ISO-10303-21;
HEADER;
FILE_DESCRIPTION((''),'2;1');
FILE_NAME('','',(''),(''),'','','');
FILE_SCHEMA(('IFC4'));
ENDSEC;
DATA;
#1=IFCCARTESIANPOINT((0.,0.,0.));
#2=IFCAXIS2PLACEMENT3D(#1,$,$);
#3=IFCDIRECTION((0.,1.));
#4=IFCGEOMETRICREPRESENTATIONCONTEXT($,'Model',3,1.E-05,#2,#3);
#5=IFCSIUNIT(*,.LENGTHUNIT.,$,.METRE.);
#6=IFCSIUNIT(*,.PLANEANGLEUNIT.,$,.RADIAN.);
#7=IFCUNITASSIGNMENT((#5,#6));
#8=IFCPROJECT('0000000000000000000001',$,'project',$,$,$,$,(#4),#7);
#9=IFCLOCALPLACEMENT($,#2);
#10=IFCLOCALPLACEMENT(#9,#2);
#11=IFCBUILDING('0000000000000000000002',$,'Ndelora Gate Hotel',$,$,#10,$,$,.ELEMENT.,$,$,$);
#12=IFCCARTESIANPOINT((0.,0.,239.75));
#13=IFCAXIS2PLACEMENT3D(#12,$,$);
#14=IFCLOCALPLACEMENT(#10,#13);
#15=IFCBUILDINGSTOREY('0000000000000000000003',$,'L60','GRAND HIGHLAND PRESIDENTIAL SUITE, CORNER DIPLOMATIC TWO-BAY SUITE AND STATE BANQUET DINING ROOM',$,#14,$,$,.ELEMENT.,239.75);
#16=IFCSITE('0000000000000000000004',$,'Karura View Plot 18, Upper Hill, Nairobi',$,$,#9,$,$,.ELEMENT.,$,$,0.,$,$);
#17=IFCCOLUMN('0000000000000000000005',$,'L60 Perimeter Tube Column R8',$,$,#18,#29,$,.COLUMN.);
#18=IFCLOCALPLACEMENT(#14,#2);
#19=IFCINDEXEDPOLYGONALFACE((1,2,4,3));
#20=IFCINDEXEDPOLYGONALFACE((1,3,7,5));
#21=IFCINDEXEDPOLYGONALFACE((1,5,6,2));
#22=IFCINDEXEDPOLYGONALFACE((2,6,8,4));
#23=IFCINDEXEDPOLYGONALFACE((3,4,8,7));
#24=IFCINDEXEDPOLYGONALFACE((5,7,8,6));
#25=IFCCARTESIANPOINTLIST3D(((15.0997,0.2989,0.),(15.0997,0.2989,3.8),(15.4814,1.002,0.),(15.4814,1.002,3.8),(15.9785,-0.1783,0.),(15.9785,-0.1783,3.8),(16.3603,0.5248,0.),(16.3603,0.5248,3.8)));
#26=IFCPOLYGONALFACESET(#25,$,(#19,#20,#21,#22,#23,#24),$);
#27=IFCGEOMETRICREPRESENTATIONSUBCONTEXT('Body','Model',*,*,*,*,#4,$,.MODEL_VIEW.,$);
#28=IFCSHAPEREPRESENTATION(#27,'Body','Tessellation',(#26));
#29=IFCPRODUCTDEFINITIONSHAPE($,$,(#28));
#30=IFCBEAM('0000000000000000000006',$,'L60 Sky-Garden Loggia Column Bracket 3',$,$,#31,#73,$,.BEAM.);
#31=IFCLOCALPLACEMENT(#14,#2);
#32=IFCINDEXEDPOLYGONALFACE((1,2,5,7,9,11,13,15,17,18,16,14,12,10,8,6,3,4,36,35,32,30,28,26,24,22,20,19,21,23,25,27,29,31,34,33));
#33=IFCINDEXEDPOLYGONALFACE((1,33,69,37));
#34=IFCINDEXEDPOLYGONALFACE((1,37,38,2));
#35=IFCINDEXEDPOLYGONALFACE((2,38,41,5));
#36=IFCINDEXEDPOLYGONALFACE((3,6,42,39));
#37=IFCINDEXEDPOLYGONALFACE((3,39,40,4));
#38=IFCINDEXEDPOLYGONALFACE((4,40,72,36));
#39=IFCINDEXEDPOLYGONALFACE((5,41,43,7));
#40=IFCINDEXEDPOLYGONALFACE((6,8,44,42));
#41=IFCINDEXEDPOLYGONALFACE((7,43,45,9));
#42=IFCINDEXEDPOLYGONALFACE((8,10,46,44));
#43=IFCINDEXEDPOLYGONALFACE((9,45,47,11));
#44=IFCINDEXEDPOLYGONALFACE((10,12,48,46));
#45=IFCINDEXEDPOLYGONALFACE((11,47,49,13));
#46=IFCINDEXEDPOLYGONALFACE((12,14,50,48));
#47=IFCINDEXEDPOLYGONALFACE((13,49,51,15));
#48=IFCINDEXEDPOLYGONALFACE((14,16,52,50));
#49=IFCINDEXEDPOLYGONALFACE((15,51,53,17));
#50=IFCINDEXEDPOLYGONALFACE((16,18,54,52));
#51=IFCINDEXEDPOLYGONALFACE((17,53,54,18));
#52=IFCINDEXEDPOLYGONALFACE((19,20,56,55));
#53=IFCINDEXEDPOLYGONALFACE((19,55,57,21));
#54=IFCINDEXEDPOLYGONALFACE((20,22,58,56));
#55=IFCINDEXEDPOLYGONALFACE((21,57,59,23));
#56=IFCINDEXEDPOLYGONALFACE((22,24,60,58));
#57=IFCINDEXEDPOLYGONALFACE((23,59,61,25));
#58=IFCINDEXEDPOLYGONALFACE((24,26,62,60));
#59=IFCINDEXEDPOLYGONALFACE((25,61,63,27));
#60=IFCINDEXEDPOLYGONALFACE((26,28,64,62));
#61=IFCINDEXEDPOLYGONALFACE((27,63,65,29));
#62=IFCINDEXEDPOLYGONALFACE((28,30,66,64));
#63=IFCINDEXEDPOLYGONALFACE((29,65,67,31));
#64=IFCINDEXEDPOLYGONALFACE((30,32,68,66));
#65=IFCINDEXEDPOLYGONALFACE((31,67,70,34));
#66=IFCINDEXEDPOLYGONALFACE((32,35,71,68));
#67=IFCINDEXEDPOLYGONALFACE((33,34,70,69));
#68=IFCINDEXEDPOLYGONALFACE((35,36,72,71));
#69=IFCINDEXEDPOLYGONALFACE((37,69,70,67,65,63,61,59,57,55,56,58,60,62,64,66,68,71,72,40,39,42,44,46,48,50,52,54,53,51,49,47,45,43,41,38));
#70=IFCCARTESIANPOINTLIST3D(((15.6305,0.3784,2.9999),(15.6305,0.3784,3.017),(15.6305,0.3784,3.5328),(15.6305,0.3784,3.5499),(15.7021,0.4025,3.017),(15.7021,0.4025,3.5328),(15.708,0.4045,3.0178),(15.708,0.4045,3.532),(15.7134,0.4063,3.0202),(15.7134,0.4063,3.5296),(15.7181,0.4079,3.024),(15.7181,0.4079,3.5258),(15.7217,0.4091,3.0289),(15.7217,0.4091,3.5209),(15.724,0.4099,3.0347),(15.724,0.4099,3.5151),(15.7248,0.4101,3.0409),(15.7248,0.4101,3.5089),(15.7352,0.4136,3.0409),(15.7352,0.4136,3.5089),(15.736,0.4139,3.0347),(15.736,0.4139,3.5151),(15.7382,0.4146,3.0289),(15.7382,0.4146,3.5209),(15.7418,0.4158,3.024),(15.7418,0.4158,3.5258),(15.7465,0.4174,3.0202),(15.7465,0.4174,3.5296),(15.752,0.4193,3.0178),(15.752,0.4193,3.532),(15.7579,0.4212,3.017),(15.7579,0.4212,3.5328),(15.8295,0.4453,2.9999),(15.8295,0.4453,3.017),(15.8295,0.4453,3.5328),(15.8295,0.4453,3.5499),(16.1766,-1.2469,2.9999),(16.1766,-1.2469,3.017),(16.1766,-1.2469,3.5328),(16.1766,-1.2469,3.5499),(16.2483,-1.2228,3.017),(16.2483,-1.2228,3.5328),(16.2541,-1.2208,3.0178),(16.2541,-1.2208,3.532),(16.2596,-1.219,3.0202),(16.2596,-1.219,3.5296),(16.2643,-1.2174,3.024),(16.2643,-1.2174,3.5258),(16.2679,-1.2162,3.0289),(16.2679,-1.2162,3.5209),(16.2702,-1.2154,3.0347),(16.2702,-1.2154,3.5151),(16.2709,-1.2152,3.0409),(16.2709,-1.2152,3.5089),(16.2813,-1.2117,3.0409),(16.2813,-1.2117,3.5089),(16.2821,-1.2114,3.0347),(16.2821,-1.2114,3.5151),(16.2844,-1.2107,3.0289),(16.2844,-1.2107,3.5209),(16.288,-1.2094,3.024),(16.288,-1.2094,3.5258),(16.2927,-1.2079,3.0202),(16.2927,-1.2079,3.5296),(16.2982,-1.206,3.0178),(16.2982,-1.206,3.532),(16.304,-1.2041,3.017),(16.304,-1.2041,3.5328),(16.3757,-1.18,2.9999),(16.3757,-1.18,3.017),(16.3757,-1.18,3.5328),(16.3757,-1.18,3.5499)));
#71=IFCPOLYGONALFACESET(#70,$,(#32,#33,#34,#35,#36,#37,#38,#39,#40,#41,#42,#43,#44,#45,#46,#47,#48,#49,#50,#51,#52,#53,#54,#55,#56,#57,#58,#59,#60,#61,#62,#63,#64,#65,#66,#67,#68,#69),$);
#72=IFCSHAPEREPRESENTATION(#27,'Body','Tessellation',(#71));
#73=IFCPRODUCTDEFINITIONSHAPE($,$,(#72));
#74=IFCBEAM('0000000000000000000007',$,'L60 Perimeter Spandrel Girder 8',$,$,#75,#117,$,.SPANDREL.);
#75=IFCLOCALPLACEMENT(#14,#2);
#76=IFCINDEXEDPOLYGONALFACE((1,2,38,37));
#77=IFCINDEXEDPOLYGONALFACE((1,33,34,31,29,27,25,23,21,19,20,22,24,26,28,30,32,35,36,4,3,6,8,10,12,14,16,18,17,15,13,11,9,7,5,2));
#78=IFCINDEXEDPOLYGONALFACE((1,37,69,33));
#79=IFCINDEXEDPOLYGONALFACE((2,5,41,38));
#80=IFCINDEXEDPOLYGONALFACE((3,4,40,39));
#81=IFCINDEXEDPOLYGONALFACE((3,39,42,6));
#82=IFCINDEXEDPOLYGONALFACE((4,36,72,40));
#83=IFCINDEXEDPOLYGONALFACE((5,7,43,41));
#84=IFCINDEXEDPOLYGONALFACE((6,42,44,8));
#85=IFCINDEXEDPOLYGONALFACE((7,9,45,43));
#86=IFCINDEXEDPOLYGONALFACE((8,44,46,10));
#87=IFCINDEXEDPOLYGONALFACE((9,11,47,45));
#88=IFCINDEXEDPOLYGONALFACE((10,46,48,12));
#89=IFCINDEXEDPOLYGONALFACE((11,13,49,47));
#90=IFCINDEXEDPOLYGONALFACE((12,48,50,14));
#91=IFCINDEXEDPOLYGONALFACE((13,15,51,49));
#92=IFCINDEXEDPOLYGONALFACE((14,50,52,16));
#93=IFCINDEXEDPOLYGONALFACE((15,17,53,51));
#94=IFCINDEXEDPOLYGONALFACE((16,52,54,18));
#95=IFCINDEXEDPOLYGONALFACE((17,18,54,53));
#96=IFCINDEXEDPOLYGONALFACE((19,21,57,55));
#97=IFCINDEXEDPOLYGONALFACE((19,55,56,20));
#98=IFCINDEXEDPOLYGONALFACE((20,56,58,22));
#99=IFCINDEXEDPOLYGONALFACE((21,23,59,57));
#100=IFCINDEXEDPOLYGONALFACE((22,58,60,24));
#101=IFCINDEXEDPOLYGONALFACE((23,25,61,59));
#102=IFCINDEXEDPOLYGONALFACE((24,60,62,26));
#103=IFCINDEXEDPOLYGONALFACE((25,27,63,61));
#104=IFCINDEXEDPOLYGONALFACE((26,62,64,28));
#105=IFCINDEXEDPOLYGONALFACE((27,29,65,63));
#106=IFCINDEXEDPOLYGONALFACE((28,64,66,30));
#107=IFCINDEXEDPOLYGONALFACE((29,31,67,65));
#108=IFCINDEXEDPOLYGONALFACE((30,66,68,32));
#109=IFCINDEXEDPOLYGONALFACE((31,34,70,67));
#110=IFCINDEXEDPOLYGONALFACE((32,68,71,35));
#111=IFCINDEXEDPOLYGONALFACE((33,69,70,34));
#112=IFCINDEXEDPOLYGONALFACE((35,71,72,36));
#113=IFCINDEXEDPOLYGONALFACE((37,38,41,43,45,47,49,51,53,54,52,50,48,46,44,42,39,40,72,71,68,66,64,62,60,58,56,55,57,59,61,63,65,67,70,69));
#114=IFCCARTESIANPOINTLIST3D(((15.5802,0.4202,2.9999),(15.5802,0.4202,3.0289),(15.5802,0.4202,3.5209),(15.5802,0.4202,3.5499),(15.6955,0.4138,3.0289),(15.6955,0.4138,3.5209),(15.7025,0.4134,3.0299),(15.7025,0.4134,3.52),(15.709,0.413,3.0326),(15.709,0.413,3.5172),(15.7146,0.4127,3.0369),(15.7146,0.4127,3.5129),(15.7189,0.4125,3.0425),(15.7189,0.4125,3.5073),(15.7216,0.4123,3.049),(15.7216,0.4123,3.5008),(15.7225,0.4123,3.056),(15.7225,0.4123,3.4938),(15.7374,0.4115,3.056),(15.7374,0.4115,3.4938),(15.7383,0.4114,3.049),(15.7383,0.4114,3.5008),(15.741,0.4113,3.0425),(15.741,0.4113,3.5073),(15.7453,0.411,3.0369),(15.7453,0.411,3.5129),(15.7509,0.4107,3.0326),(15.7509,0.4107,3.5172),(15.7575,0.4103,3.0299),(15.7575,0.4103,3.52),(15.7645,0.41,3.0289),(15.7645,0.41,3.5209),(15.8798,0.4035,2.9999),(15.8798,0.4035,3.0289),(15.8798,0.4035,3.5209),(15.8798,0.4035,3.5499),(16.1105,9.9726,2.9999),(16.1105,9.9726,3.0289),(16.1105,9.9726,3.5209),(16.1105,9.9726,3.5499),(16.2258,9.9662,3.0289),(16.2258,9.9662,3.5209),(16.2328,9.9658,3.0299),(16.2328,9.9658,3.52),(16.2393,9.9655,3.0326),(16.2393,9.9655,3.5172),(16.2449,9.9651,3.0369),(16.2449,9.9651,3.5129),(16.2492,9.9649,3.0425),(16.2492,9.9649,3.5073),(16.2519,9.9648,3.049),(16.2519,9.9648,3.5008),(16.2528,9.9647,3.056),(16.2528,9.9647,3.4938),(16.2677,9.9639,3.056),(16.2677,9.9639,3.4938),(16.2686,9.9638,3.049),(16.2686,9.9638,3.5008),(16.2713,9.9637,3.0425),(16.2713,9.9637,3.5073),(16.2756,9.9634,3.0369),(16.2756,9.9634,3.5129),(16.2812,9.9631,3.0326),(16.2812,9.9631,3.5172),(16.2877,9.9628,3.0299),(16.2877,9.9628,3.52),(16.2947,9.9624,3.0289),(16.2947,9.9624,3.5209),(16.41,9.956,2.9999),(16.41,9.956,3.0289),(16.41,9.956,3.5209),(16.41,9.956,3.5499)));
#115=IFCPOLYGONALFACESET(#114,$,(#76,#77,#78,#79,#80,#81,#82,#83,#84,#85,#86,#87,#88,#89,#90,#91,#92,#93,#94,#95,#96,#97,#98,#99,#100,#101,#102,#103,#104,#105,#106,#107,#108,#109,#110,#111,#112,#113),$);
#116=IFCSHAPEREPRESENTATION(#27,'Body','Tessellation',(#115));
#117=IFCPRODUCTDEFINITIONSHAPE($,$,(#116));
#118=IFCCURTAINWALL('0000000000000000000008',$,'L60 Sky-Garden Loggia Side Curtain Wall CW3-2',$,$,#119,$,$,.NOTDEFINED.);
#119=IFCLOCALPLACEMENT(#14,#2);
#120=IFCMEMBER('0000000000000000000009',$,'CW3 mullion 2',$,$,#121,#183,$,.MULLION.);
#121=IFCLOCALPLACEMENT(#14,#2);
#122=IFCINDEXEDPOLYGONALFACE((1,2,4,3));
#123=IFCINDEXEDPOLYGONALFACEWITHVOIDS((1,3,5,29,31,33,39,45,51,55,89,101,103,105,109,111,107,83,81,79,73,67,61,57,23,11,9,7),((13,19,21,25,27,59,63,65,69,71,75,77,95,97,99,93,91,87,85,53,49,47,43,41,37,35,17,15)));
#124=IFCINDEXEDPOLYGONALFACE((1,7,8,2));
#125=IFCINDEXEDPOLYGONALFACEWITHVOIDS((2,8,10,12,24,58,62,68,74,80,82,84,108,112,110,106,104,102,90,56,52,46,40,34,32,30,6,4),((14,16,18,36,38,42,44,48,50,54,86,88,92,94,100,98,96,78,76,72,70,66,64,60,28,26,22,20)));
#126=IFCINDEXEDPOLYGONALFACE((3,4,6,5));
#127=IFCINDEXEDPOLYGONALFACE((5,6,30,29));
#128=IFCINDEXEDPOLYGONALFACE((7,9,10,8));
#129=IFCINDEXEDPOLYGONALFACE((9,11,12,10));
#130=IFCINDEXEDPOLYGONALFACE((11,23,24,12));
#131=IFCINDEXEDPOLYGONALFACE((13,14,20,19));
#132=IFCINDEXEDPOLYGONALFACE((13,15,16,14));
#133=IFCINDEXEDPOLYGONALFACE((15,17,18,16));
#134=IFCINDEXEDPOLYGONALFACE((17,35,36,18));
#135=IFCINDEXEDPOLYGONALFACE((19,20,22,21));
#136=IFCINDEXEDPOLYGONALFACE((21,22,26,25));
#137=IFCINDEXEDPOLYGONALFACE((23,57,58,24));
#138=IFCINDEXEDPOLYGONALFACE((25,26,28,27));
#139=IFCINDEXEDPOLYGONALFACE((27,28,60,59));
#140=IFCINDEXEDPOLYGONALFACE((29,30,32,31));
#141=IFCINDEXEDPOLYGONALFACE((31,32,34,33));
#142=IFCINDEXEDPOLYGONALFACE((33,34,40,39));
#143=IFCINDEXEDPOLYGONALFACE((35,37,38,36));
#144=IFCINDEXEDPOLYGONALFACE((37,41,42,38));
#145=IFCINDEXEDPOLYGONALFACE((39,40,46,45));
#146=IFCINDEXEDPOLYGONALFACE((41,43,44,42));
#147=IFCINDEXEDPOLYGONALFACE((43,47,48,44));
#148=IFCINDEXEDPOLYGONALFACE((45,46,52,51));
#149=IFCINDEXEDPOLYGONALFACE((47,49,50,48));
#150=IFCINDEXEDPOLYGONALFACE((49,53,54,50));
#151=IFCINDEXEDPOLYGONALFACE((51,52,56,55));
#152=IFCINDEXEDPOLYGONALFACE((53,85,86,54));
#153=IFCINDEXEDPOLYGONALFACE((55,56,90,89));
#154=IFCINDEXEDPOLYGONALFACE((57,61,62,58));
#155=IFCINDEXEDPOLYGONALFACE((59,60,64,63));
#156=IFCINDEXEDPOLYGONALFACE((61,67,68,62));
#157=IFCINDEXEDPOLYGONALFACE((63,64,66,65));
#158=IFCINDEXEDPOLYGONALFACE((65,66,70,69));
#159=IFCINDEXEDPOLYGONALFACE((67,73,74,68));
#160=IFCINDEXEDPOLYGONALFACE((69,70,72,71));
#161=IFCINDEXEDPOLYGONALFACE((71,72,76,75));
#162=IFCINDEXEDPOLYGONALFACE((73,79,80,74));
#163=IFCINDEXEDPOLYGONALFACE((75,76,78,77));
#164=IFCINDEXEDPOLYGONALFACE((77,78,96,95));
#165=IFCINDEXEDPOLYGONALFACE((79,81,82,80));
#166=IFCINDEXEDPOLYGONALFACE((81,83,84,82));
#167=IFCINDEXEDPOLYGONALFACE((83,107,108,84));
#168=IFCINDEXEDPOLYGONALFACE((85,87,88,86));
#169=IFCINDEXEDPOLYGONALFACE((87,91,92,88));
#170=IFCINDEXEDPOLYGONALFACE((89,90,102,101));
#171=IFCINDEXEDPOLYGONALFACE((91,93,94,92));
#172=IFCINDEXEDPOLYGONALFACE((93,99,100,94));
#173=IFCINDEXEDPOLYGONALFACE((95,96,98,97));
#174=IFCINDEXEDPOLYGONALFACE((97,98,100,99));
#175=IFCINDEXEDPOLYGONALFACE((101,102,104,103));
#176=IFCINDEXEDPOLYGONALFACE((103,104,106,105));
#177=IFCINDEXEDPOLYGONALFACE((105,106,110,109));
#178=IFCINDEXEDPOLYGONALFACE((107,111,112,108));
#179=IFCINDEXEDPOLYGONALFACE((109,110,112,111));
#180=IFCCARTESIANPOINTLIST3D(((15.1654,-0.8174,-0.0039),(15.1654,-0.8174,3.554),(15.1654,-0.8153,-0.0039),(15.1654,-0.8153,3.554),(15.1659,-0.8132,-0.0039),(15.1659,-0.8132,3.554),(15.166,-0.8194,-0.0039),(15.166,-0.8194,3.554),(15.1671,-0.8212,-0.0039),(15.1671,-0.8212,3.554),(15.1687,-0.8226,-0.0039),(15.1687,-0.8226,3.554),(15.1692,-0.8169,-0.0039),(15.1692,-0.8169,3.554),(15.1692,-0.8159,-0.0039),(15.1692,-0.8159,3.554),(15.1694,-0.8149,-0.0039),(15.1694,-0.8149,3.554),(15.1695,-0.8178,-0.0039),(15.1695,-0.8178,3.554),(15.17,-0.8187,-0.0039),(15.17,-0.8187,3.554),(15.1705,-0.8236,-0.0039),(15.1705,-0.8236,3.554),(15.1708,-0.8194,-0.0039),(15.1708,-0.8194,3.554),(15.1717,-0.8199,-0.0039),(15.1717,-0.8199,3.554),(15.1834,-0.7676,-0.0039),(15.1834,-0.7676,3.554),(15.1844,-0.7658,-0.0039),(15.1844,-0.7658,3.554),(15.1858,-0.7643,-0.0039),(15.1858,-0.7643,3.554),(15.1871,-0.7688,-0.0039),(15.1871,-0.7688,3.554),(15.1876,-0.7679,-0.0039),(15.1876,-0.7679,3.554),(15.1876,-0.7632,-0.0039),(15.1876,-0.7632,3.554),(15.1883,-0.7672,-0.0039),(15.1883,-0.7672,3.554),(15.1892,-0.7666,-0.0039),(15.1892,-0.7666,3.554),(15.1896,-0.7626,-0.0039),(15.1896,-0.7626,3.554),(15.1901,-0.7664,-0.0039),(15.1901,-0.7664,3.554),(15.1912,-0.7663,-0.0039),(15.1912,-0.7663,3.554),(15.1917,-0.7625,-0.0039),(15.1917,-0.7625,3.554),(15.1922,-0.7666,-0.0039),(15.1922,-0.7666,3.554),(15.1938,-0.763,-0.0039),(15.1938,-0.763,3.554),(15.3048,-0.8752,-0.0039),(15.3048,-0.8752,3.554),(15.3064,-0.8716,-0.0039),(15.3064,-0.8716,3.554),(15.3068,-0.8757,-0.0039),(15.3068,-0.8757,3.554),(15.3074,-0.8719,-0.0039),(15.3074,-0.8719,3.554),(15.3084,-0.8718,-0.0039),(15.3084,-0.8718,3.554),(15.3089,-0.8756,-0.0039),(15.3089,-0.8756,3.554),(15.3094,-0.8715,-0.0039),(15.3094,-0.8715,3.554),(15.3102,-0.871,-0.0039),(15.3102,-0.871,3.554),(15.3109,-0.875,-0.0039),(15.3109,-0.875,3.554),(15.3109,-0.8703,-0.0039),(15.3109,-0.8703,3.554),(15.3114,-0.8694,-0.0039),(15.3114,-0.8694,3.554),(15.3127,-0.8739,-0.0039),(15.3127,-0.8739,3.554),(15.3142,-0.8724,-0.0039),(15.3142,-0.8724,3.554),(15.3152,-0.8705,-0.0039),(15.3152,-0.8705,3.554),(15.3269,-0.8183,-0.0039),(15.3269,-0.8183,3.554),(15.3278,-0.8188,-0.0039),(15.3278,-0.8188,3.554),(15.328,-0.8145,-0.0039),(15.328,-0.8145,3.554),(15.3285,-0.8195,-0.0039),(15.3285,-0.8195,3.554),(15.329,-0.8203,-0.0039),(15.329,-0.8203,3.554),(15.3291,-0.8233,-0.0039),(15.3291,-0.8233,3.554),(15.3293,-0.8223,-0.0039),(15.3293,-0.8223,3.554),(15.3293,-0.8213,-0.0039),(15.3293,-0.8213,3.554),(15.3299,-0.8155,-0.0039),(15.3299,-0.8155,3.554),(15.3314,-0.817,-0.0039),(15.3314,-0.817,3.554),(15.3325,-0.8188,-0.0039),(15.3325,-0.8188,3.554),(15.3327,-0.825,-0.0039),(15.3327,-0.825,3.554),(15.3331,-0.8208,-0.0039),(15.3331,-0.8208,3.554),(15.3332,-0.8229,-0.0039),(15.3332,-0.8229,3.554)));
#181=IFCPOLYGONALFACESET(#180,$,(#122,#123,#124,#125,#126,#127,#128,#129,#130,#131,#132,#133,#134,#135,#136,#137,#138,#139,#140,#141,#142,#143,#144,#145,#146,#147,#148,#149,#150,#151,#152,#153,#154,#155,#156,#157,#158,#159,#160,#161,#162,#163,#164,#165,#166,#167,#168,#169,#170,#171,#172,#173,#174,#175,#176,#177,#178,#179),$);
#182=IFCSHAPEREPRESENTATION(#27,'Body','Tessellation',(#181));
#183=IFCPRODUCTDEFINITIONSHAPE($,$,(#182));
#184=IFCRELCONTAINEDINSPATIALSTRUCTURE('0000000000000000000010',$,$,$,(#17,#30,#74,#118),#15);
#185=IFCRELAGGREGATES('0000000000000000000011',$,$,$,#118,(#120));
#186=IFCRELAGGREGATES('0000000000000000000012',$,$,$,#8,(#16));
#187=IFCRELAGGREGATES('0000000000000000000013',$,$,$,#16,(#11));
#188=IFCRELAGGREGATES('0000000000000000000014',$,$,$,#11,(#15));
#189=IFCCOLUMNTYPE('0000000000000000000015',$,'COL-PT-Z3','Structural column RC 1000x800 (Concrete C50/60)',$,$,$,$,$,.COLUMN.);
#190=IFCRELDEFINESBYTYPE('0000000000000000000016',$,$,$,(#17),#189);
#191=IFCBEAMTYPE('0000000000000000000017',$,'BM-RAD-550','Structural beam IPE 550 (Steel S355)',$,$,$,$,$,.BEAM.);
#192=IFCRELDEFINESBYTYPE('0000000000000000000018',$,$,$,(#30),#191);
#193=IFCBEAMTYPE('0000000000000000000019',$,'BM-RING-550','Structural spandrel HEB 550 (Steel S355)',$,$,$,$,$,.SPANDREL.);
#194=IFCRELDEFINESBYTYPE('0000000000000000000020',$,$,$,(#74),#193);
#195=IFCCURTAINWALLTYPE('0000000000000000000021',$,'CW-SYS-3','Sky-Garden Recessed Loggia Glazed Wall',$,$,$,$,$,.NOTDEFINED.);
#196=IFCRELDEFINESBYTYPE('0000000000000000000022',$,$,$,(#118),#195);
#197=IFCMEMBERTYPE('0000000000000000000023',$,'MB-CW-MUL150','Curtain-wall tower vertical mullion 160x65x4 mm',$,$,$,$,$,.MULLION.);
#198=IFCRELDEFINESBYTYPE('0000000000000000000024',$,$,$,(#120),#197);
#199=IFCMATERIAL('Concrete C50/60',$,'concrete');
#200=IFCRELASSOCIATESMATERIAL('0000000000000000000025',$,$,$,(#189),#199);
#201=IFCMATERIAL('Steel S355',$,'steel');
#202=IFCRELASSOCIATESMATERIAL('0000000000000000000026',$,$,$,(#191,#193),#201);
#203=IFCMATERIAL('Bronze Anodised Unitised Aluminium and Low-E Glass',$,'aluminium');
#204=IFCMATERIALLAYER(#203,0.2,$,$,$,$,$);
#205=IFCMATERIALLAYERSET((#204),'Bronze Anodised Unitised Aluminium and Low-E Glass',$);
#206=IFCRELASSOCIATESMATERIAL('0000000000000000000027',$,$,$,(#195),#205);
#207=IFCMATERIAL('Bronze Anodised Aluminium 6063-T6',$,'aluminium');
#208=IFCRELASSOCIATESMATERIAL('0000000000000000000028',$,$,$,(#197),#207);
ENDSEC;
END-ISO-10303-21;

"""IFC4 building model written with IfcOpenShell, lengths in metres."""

from ifc_helpers import new_model, si_unit, direction, frame, origin, origin_2d, place, context, subcontext, project, spatial, rectangle, hollow_rectangle, i_section, extrude, material, layer, layer_set, material_profile, profile_set, type_object, element, aggregate, save


model = new_model("IFC4")

# Units and contexts
model_context = context("Model", 3, precision=1e-05, world=origin(), true_north=direction((0.0, 1.0)))
body_context = subcontext(model_context, "Body", "Model", "MODEL_VIEW")
ifc_project = project(units=[si_unit("LENGTHUNIT", "METRE"), si_unit("PLANEANGLEUNIT", "RADIAN")], contexts=[model_context])

# Site, building, storey
site_placement = place(None, origin())
site = spatial("IfcSite", under=ifc_project, at=site_placement, Name="Karura View Plot 18, Upper Hill, Nairobi", CompositionType="ELEMENT", RefElevation=0.0)
building_placement = place(site_placement, origin())
building = spatial("IfcBuilding", under=site, at=building_placement, Name="Ndelora Gate Hotel", CompositionType="ELEMENT")
storey_placement = place(building_placement, frame((0.0, 0.0, 239.75)))
storey = spatial("IfcBuildingStorey", under=building, at=storey_placement, Name="L60", Description="GRAND HIGHLAND PRESIDENTIAL SUITE, CORNER DIPLOMATIC TWO-BAY SUITE AND STATE BANQUET DINING ROOM", CompositionType="ELEMENT", Elevation=239.75)

# Column
ifc_material_1 = material(Name="Concrete C50/60", Category="concrete")
ifc_material_profile_1 = material_profile(ifc_material_1, rectangle(XDim=0.8, YDim=1.0, at=origin_2d()), Name="RC 1000x800")
ifc_profile_set_1 = profile_set([ifc_material_profile_1], Name="Concrete C50/60")
column_type = type_object("IfcColumnType", Name="COL-PT-Z3", Description="Structural column RC 1000x800 (Concrete C50/60)", PredefinedType="COLUMN", material=ifc_profile_set_1)
column_placement = place(storey_placement, frame((15.73, 0.4119, 0.0), z_axis=(0.0, 0.0, 1.0), x_axis=(0.477159, 0.878817, 0.0)))
element("IfcColumn", 1, at=column_placement, inside=storey, type_object=column_type, Name="L60 Perimeter Tube Column R8", PredefinedType="COLUMN", context=body_context, shape_type="SweptSolid", body=[
    extrude(rectangle(XDim=0.8, YDim=1.0, at=origin_2d()), origin(), (0.0, 0.0, 1.0), 3.8),
])

# Beams
ifc_material_2 = material(Name="Steel S355", Category="steel")
ifc_material_profile_2 = material_profile(ifc_material_2, i_section(OverallWidth=0.21, OverallDepth=0.55, WebThickness=0.011, FlangeThickness=0.0171, FilletRadius=0.0239, at=origin_2d()), Name="IPE 550")
ifc_profile_set_2 = profile_set([ifc_material_profile_2], Name="Steel S355")
beam_type_1 = type_object("IfcBeamType", Name="BM-RAD-550", Description="Structural beam IPE 550 (Steel S355)", PredefinedType="BEAM", material=ifc_profile_set_2)
beam_1_placement = place(storey_placement, frame((15.73, 0.4119, 3.2749), z_axis=(0.318534, -0.947912, 0.0), x_axis=(0.947912, 0.318534, 0.0)))
element("IfcBeam", 2, at=beam_1_placement, inside=storey, type_object=beam_type_1, Name="L60 Sky-Garden Loggia Column Bracket 3", PredefinedType="BEAM", context=body_context, shape_type="SweptSolid", body=[
    extrude(i_section(OverallWidth=0.21, OverallDepth=0.55, WebThickness=0.011, FlangeThickness=0.0171, FilletRadius=0.0239, at=origin_2d()), origin(), (0.0, 0.0, 1.0), 1.7146),
])
ifc_material_profile_3 = material_profile(ifc_material_2, i_section(OverallWidth=0.3, OverallDepth=0.55, WebThickness=0.0149, FlangeThickness=0.0291, FilletRadius=0.0271, at=origin_2d()), Name="HEB 550")
ifc_profile_set_3 = profile_set([ifc_material_profile_3], Name="Steel S355")
beam_type_2 = type_object("IfcBeamType", Name="BM-RING-550", Description="Structural spandrel HEB 550 (Steel S355)", PredefinedType="SPANDREL", material=ifc_profile_set_3)
beam_2_placement = place(storey_placement, frame((15.73, 0.4119, 3.2749), z_axis=(0.055426, 0.998463, 0.0), x_axis=(-0.998463, 0.055426, 0.0)))
element("IfcBeam", 3, at=beam_2_placement, inside=storey, type_object=beam_type_2, Name="L60 Perimeter Spandrel Girder 8", PredefinedType="SPANDREL", context=body_context, shape_type="SweptSolid", body=[
    extrude(i_section(OverallWidth=0.3, OverallDepth=0.55, WebThickness=0.0149, FlangeThickness=0.0291, FilletRadius=0.0271, at=origin_2d()), origin(), (0.0, 0.0, 1.0), 9.5671),
])

# Curtain wall, member
ifc_material_3 = material(Name="Bronze Anodised Unitised Aluminium and Low-E Glass", Category="aluminium")
ifc_layer_1 = layer(ifc_material_3, 0.2)
ifc_layer_set_1 = layer_set([ifc_layer_1], Name="Bronze Anodised Unitised Aluminium and Low-E Glass")
curtain_wall_type = type_object("IfcCurtainWallType", Name="CW-SYS-3", Description="Sky-Garden Recessed Loggia Glazed Wall", PredefinedType="NOTDEFINED", material=ifc_layer_set_1)
curtain_wall_placement = place(storey_placement, origin())
curtain_wall = element("IfcCurtainWall", 4, at=curtain_wall_placement, inside=storey, type_object=curtain_wall_type, Name="L60 Sky-Garden Loggia Side Curtain Wall CW3-2", PredefinedType="NOTDEFINED")
ifc_material_4 = material(Name="Bronze Anodised Aluminium 6063-T6", Category="aluminium")
ifc_material_profile_4 = material_profile(ifc_material_4, hollow_rectangle(XDim=0.0649, YDim=0.1599, WallThickness=0.0039, InnerFilletRadius=0.0039, OuterFilletRadius=0.0081, at=origin_2d()), Name="ALU 160x65x4")
ifc_profile_set_4 = profile_set([ifc_material_profile_4], Name="Bronze Anodised Aluminium 6063-T6")
member_type_1 = type_object("IfcMemberType", Name="MB-CW-MUL150", Description="Curtain-wall tower vertical mullion 160x65x4 mm", PredefinedType="MULLION", material=ifc_profile_set_4)
member_1_placement = place(storey_placement, frame((15.2493, -0.8191, -0.0039), z_axis=(0.0, 0.0, 1.0), x_axis=(-0.358361, -0.933583, 0.0)))
member_1 = element("IfcMember", 5, at=member_1_placement, type_object=member_type_1, Name="CW3 mullion 2", PredefinedType="MULLION", context=body_context, shape_type="SweptSolid", body=[
    extrude(hollow_rectangle(XDim=0.0649, YDim=0.1599, WallThickness=0.0039, InnerFilletRadius=0.0039, OuterFilletRadius=0.0081, at=origin_2d()), origin(), (0.0, 0.0, 1.0), 3.5579),
])
aggregate(curtain_wall, [member_1])

save(model, "model.ifc")
